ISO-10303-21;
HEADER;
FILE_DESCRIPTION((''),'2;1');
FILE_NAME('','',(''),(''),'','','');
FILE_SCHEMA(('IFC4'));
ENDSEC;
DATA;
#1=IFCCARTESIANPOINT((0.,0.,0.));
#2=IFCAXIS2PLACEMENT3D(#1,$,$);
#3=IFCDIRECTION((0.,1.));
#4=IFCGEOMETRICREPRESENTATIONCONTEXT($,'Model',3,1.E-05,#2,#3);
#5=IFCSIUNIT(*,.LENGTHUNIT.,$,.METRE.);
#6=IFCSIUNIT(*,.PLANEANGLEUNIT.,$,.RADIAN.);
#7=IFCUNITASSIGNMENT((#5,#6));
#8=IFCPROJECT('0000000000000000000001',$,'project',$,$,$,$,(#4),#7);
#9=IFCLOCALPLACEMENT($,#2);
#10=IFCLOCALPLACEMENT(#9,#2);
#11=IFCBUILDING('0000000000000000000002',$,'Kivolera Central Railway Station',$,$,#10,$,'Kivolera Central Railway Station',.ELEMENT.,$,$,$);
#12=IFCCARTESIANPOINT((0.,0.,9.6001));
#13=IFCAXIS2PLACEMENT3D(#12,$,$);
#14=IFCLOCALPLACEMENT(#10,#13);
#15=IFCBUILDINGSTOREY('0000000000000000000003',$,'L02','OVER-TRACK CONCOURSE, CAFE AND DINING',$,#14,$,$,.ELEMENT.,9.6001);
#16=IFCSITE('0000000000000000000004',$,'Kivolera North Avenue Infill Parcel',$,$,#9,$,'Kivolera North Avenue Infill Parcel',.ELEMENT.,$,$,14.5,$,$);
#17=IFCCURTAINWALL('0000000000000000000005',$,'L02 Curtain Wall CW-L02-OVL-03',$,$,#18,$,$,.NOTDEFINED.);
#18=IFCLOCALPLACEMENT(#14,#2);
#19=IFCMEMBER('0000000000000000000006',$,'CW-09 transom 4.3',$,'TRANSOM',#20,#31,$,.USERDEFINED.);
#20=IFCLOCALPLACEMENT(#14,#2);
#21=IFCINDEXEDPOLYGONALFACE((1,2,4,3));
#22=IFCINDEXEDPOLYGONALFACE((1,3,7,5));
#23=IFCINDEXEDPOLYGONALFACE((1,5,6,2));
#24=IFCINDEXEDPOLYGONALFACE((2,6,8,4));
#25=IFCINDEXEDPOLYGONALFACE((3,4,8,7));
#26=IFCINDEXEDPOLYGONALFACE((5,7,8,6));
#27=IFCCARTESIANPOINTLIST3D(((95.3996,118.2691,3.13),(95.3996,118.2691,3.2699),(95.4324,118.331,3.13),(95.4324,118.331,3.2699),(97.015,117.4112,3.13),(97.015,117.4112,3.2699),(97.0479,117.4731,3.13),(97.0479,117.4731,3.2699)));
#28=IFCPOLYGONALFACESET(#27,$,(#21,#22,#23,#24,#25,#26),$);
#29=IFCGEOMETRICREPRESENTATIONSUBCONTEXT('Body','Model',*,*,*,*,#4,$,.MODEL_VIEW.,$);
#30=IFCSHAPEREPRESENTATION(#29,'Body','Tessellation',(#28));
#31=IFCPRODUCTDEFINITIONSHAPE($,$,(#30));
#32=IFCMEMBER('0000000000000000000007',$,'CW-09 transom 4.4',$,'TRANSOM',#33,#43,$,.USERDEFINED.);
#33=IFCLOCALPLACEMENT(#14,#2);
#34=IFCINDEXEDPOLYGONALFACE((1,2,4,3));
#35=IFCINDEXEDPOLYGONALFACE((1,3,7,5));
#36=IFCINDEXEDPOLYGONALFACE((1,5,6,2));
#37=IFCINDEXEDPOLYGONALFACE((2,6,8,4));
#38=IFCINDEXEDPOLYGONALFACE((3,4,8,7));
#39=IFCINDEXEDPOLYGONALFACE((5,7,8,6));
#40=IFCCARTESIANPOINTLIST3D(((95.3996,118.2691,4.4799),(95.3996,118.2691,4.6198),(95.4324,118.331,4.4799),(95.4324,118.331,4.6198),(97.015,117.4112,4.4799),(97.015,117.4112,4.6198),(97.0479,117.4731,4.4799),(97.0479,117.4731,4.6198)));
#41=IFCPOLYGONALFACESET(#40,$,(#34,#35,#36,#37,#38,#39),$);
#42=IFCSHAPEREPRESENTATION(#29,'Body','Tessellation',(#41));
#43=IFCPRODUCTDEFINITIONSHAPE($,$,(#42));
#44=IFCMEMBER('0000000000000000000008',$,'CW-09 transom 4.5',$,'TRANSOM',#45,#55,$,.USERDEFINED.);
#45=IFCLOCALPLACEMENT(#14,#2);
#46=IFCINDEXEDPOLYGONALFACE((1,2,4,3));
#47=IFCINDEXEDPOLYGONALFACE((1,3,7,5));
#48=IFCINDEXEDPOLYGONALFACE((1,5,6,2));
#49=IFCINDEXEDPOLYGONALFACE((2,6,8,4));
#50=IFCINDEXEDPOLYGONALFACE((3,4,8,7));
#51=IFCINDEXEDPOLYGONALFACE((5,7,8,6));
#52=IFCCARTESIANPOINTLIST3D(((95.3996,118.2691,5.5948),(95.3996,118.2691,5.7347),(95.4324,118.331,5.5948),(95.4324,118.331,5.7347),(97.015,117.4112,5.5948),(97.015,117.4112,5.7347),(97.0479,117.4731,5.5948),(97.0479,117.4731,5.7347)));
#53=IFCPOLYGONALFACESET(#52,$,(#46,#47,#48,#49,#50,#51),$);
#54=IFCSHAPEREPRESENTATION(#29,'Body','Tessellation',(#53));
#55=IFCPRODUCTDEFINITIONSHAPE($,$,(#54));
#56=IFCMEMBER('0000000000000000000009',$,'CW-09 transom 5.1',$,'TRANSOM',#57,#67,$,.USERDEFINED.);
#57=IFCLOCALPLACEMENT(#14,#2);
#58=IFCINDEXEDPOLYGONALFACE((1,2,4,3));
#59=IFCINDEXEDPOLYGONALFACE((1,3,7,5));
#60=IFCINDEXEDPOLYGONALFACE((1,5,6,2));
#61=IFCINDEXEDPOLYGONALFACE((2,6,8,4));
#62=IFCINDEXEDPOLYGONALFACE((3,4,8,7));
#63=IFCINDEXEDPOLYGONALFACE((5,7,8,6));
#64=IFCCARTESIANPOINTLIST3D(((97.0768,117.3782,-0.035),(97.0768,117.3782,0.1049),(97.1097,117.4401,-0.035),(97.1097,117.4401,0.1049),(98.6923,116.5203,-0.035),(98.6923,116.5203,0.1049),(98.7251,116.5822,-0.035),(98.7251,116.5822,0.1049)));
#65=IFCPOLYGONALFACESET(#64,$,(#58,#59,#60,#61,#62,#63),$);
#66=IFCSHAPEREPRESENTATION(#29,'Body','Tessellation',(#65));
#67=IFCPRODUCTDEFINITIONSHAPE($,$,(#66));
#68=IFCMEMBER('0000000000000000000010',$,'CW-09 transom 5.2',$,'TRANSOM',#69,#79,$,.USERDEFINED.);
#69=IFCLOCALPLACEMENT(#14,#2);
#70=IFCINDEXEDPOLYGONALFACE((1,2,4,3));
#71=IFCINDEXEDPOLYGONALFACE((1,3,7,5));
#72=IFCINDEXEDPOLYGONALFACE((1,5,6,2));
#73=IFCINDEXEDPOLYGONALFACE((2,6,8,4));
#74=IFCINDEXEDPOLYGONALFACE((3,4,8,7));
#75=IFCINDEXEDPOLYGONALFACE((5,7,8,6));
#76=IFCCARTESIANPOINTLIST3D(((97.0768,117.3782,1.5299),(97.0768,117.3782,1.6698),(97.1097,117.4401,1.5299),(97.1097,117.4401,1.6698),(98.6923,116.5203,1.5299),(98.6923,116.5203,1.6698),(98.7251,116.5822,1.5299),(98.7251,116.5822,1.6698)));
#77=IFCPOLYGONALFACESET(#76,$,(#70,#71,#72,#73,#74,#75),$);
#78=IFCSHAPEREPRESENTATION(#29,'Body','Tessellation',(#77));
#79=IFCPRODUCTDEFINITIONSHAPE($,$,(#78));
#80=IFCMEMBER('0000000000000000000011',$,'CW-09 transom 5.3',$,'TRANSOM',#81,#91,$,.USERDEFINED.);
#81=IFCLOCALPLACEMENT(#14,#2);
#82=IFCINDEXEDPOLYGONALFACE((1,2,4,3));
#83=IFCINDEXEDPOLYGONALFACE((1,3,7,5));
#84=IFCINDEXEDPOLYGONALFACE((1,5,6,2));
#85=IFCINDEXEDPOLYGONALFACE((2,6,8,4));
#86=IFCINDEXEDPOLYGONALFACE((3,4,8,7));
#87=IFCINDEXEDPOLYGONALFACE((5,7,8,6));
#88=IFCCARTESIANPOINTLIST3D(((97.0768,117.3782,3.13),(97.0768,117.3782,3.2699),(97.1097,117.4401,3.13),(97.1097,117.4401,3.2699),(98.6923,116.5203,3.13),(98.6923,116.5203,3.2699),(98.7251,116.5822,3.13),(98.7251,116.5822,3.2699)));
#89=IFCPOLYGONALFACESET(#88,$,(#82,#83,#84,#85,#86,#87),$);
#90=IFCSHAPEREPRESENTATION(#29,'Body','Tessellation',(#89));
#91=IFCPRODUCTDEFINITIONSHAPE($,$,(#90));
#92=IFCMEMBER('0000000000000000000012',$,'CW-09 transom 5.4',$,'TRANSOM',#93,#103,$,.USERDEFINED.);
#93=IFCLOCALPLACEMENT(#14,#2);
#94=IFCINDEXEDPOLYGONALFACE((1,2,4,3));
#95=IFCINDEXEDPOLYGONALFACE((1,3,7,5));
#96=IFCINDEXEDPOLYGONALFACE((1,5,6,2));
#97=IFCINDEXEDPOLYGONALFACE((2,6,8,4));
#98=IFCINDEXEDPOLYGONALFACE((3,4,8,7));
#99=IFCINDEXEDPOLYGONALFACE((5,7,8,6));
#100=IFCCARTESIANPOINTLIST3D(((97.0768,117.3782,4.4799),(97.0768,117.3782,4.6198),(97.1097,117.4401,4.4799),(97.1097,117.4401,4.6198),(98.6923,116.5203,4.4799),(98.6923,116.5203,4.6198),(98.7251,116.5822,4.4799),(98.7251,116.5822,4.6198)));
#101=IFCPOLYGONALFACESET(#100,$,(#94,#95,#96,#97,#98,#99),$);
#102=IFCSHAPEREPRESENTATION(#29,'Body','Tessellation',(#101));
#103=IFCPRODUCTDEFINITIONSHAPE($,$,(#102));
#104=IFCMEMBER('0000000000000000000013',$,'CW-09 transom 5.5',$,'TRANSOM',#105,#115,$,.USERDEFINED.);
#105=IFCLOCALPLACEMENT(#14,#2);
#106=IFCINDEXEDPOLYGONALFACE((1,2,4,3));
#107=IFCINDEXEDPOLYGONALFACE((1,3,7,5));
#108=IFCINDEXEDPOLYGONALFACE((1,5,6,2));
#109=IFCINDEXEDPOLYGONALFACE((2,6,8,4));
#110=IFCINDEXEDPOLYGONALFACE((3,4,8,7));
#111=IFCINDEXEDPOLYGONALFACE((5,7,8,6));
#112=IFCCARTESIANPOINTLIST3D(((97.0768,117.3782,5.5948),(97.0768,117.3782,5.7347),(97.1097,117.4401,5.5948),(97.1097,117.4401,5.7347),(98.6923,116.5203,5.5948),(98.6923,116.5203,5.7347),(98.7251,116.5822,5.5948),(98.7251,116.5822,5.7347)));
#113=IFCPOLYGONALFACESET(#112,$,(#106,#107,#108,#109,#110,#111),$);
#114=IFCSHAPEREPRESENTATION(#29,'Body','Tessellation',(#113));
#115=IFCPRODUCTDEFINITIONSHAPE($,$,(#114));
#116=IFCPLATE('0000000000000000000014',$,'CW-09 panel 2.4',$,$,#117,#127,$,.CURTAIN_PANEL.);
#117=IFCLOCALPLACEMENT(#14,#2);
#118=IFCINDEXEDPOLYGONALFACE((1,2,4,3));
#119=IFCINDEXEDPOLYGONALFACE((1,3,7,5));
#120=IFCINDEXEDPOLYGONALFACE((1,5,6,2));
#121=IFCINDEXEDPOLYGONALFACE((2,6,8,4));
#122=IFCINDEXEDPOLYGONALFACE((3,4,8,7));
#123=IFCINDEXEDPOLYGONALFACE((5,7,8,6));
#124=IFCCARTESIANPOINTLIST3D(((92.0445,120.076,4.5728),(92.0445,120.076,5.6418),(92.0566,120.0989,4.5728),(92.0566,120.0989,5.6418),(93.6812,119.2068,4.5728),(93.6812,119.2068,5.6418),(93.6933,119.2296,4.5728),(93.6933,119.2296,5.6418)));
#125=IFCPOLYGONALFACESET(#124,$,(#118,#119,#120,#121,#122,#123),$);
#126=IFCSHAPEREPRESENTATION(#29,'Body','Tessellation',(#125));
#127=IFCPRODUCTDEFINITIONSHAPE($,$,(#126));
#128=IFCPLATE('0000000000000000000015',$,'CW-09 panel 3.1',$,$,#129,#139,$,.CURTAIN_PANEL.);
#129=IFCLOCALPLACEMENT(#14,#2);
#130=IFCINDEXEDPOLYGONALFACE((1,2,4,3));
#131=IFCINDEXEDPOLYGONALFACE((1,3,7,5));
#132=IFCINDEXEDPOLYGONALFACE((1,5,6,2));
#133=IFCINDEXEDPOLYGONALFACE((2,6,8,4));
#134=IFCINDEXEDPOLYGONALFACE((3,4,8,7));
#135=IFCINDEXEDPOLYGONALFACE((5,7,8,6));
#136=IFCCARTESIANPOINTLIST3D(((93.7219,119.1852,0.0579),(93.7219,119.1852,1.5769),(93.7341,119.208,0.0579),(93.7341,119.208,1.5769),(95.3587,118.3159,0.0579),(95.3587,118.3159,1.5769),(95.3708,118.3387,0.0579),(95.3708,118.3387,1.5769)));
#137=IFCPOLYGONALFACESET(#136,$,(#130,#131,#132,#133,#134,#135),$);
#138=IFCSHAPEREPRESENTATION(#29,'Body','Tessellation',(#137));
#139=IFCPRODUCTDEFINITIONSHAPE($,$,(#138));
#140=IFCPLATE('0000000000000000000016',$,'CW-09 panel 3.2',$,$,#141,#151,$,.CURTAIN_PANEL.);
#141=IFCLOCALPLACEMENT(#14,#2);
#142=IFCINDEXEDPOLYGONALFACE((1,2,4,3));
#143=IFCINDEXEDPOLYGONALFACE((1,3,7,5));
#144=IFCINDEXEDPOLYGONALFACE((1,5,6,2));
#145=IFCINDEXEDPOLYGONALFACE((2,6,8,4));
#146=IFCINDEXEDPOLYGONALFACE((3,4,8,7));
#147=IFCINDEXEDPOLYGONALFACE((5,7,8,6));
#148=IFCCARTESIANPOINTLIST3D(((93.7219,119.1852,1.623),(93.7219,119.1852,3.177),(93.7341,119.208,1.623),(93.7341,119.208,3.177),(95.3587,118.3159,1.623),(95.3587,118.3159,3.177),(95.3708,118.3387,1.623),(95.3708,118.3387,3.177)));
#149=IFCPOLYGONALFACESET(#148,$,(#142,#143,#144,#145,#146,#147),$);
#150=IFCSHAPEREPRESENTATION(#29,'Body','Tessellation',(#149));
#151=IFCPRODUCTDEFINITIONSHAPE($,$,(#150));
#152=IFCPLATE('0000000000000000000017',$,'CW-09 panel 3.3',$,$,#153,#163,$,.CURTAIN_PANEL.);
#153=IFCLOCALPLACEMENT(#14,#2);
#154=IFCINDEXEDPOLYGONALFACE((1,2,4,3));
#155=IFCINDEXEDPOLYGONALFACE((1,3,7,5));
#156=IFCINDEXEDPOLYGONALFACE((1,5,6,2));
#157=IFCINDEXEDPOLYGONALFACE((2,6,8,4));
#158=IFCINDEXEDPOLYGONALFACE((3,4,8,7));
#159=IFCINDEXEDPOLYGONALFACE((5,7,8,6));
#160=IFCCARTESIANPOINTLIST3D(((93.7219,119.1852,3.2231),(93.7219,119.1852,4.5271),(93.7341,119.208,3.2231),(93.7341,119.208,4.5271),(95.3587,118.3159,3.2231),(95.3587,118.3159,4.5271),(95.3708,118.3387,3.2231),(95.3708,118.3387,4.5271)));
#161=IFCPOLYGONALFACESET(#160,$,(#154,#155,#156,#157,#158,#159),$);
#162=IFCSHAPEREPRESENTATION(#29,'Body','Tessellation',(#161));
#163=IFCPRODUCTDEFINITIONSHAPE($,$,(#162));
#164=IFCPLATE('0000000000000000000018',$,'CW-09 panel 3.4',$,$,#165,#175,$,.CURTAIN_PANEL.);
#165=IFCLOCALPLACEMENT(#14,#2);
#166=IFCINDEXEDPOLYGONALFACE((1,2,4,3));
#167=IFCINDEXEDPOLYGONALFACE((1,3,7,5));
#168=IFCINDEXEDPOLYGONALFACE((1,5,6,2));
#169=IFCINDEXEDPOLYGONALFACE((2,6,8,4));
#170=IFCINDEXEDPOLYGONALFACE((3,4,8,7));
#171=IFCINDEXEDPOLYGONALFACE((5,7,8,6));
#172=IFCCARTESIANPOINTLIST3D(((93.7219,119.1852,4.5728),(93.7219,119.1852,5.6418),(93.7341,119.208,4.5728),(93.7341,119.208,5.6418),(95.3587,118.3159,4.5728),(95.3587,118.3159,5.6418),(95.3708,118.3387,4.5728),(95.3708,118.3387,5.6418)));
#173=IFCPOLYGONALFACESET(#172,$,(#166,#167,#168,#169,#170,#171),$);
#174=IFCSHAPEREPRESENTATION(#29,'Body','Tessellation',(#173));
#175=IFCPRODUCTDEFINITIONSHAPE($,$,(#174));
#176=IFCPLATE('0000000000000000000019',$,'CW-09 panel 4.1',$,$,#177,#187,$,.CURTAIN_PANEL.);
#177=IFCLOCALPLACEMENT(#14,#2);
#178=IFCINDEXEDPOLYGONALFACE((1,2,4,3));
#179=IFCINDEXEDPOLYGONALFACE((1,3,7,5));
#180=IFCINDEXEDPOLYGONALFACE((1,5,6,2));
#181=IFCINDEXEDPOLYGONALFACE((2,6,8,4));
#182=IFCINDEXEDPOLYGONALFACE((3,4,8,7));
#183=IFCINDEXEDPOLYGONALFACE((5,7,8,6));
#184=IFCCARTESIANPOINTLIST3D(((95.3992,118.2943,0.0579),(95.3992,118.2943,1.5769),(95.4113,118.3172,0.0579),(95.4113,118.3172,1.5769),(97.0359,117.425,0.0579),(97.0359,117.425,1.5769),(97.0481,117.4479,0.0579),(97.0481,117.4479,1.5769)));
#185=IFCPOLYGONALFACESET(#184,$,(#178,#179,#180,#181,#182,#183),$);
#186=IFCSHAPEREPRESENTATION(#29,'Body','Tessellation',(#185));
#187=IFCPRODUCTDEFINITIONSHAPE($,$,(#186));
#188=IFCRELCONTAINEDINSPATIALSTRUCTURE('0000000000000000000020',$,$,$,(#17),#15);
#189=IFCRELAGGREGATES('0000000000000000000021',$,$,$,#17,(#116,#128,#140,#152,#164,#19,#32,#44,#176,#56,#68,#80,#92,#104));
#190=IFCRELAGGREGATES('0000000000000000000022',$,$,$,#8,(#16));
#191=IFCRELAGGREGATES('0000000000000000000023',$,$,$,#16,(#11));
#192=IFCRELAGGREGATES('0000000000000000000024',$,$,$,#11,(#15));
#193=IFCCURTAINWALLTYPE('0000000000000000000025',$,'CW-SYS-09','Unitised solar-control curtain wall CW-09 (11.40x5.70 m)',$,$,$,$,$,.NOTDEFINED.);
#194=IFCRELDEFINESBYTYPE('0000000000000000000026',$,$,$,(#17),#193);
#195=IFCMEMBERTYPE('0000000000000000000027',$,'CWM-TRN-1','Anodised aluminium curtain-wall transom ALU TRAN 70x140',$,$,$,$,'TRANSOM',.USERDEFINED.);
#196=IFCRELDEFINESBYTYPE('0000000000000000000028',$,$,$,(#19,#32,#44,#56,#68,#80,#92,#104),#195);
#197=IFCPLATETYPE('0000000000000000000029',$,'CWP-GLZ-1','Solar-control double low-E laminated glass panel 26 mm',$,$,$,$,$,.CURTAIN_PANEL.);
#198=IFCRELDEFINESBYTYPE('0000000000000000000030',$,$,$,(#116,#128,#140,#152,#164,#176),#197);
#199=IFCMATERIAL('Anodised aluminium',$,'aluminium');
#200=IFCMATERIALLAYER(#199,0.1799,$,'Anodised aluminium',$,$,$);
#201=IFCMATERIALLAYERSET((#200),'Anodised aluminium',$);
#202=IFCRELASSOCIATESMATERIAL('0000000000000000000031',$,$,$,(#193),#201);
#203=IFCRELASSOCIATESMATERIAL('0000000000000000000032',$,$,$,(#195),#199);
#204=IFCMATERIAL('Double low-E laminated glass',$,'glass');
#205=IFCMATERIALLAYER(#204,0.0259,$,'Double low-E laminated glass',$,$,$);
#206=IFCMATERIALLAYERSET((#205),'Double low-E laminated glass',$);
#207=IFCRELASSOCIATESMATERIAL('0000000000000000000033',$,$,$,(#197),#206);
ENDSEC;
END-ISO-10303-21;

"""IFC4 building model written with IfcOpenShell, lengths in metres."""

from ifc_helpers import new_model, si_unit, direction, frame, origin, origin_2d, place, context, subcontext, project, spatial, rectangle, extrude, material, layer, layer_set, material_profile, profile_set, type_object, element, aggregate, save


model = new_model("IFC4")

# Units and contexts
model_context = context("Model", 3, precision=1e-05, world=origin(), true_north=direction((0.0, 1.0)))
body_context = subcontext(model_context, "Body", "Model", "MODEL_VIEW")
ifc_project = project(units=[si_unit("LENGTHUNIT", "METRE"), si_unit("PLANEANGLEUNIT", "RADIAN")], contexts=[model_context])

# Site, building, storey
site_placement = place(None, origin())
site = spatial("IfcSite", under=ifc_project, at=site_placement, Name="Kivolera North Avenue Infill Parcel", LongName="Kivolera North Avenue Infill Parcel", CompositionType="ELEMENT", RefElevation=14.5)
building_placement = place(site_placement, origin())
building = spatial("IfcBuilding", under=site, at=building_placement, Name="Kivolera Central Railway Station", LongName="Kivolera Central Railway Station", CompositionType="ELEMENT")
storey_placement = place(building_placement, frame((0.0, 0.0, 9.6001)))
storey = spatial("IfcBuildingStorey", under=building, at=storey_placement, Name="L02", Description="OVER-TRACK CONCOURSE, CAFE AND DINING", CompositionType="ELEMENT", Elevation=9.6001)

# Curtain wall, members, plates
ifc_material_1 = material(Name="Anodised aluminium", Category="aluminium")
ifc_layer_1 = layer(ifc_material_1, 0.1799, Name="Anodised aluminium")
ifc_layer_set_1 = layer_set([ifc_layer_1], Name="Anodised aluminium")
curtain_wall_type = type_object("IfcCurtainWallType", Name="CW-SYS-09", Description="Unitised solar-control curtain wall CW-09 (11.40x5.70 m)", PredefinedType="NOTDEFINED", material=ifc_layer_set_1)
curtain_wall_placement = place(storey_placement, origin())
curtain_wall = element("IfcCurtainWall", 1, at=curtain_wall_placement, inside=storey, type_object=curtain_wall_type, Name="L02 Curtain Wall CW-L02-OVL-03", PredefinedType="NOTDEFINED")
ifc_material_profile_1 = material_profile(ifc_material_1, rectangle(XDim=0.0701, YDim=0.1399, at=origin_2d()), Name="ALU TRAN 70x140")
ifc_profile_set_1 = profile_set([ifc_material_profile_1], Name="Anodised aluminium")
member_type_1 = type_object("IfcMemberType", Name="CWM-TRN-1", Description="Anodised aluminium curtain-wall transom ALU TRAN 70x140", ElementType="TRANSOM", PredefinedType="USERDEFINED", material=ifc_profile_set_1)
member_1_placement = place(storey_placement, frame((95.416, 118.3, 3.2), z_axis=(0.883187, -0.469022, 0.0), x_axis=(0.469022, 0.883187, 0.0)))
member_1 = element("IfcMember", 2, at=member_1_placement, type_object=member_type_1, Name="CW-09 transom 4.3", ObjectType="TRANSOM", PredefinedType="USERDEFINED", context=body_context, shape_type="SweptSolid", body=[
    extrude(rectangle(XDim=0.0701, YDim=0.1399, at=origin_2d()), origin(), (0.0, 0.0, 1.0), 1.8291),
])
member_2_placement = place(storey_placement, frame((95.416, 118.3, 4.5498), z_axis=(0.883187, -0.469022, 0.0), x_axis=(0.469022, 0.883187, 0.0)))
member_2 = element("IfcMember", 3, at=member_2_placement, type_object=member_type_1, Name="CW-09 transom 4.4", ObjectType="TRANSOM", PredefinedType="USERDEFINED", context=body_context, shape_type="SweptSolid", body=[
    extrude(rectangle(XDim=0.0701, YDim=0.1399, at=origin_2d()), origin(), (0.0, 0.0, 1.0), 1.8291),
])
member_3_placement = place(storey_placement, frame((95.416, 118.3, 5.6648), z_axis=(0.883187, -0.469022, 0.0), x_axis=(0.469022, 0.883187, 0.0)))
member_3 = element("IfcMember", 4, at=member_3_placement, type_object=member_type_1, Name="CW-09 transom 4.5", ObjectType="TRANSOM", PredefinedType="USERDEFINED", context=body_context, shape_type="SweptSolid", body=[
    extrude(rectangle(XDim=0.0701, YDim=0.1399, at=origin_2d()), origin(), (0.0, 0.0, 1.0), 1.8291),
])
member_4_placement = place(storey_placement, frame((97.0933, 117.4092, 0.0349), z_axis=(0.883187, -0.469022, 0.0), x_axis=(0.469022, 0.883187, 0.0)))
member_4 = element("IfcMember", 5, at=member_4_placement, type_object=member_type_1, Name="CW-09 transom 5.1", ObjectType="TRANSOM", PredefinedType="USERDEFINED", context=body_context, shape_type="SweptSolid", body=[
    extrude(rectangle(XDim=0.0701, YDim=0.1399, at=origin_2d()), origin(), (0.0, 0.0, 1.0), 1.8291),
])
member_5_placement = place(storey_placement, frame((97.0933, 117.4092, 1.5999), z_axis=(0.883187, -0.469022, 0.0), x_axis=(0.469022, 0.883187, 0.0)))
member_5 = element("IfcMember", 6, at=member_5_placement, type_object=member_type_1, Name="CW-09 transom 5.2", ObjectType="TRANSOM", PredefinedType="USERDEFINED", context=body_context, shape_type="SweptSolid", body=[
    extrude(rectangle(XDim=0.0701, YDim=0.1399, at=origin_2d()), origin(), (0.0, 0.0, 1.0), 1.8291),
])
member_6_placement = place(storey_placement, frame((97.0933, 117.4092, 3.2), z_axis=(0.883187, -0.469022, 0.0), x_axis=(0.469022, 0.883187, 0.0)))
member_6 = element("IfcMember", 7, at=member_6_placement, type_object=member_type_1, Name="CW-09 transom 5.3", ObjectType="TRANSOM", PredefinedType="USERDEFINED", context=body_context, shape_type="SweptSolid", body=[
    extrude(rectangle(XDim=0.0701, YDim=0.1399, at=origin_2d()), origin(), (0.0, 0.0, 1.0), 1.8291),
])
member_7_placement = place(storey_placement, frame((97.0933, 117.4092, 4.5498), z_axis=(0.883187, -0.469022, 0.0), x_axis=(0.469022, 0.883187, 0.0)))
member_7 = element("IfcMember", 8, at=member_7_placement, type_object=member_type_1, Name="CW-09 transom 5.4", ObjectType="TRANSOM", PredefinedType="USERDEFINED", context=body_context, shape_type="SweptSolid", body=[
    extrude(rectangle(XDim=0.0701, YDim=0.1399, at=origin_2d()), origin(), (0.0, 0.0, 1.0), 1.8291),
])
member_8_placement = place(storey_placement, frame((97.0933, 117.4092, 5.6648), z_axis=(0.883187, -0.469022, 0.0), x_axis=(0.469022, 0.883187, 0.0)))
member_8 = element("IfcMember", 9, at=member_8_placement, type_object=member_type_1, Name="CW-09 transom 5.5", ObjectType="TRANSOM", PredefinedType="USERDEFINED", context=body_context, shape_type="SweptSolid", body=[
    extrude(rectangle(XDim=0.0701, YDim=0.1399, at=origin_2d()), origin(), (0.0, 0.0, 1.0), 1.8291),
])
ifc_material_2 = material(Name="Double low-E laminated glass", Category="glass")
ifc_layer_2 = layer(ifc_material_2, 0.0259, Name="Double low-E laminated glass")
ifc_layer_set_2 = layer_set([ifc_layer_2], Name="Double low-E laminated glass")
plate_type = type_object("IfcPlateType", Name="CWP-GLZ-1", Description="Solar-control double low-E laminated glass panel 26 mm", PredefinedType="CURTAIN_PANEL", material=ifc_layer_set_2)
plate_1_placement = place(storey_placement, frame((92.8689, 119.6528, 4.5728), z_axis=(0.0, 0.0, 1.0), x_axis=(0.88317, -0.469053, 0.0)))
plate_1 = element("IfcPlate", 10, at=plate_1_placement, type_object=plate_type, Name="CW-09 panel 2.4", PredefinedType="CURTAIN_PANEL", context=body_context, shape_type="SweptSolid", body=[
    extrude(rectangle(XDim=1.8533, YDim=0.0259, at=origin_2d()), origin(), (0.0, 0.0, 1.0), 1.0691),
])
plate_2_placement = place(storey_placement, frame((94.5464, 118.762, 0.0579), z_axis=(0.0, 0.0, 1.0), x_axis=(0.88317, -0.469053, 0.0)))
plate_2 = element("IfcPlate", 11, at=plate_2_placement, type_object=plate_type, Name="CW-09 panel 3.1", PredefinedType="CURTAIN_PANEL", context=body_context, shape_type="SweptSolid", body=[
    extrude(rectangle(XDim=1.8533, YDim=0.0259, at=origin_2d()), origin(), (0.0, 0.0, 1.0), 1.519),
])
plate_3_placement = place(storey_placement, frame((94.5464, 118.762, 1.623), z_axis=(0.0, 0.0, 1.0), x_axis=(0.88317, -0.469053, 0.0)))
plate_3 = element("IfcPlate", 12, at=plate_3_placement, type_object=plate_type, Name="CW-09 panel 3.2", PredefinedType="CURTAIN_PANEL", context=body_context, shape_type="SweptSolid", body=[
    extrude(rectangle(XDim=1.8533, YDim=0.0259, at=origin_2d()), origin(), (0.0, 0.0, 1.0), 1.554),
])
plate_4_placement = place(storey_placement, frame((94.5464, 118.762, 3.2231), z_axis=(0.0, 0.0, 1.0), x_axis=(0.88317, -0.469053, 0.0)))
plate_4 = element("IfcPlate", 13, at=plate_4_placement, type_object=plate_type, Name="CW-09 panel 3.3", PredefinedType="CURTAIN_PANEL", context=body_context, shape_type="SweptSolid", body=[
    extrude(rectangle(XDim=1.8533, YDim=0.0259, at=origin_2d()), origin(), (0.0, 0.0, 1.0), 1.304),
])
plate_5_placement = place(storey_placement, frame((94.5464, 118.762, 4.5728), z_axis=(0.0, 0.0, 1.0), x_axis=(0.88317, -0.469053, 0.0)))
plate_5 = element("IfcPlate", 14, at=plate_5_placement, type_object=plate_type, Name="CW-09 panel 3.4", PredefinedType="CURTAIN_PANEL", context=body_context, shape_type="SweptSolid", body=[
    extrude(rectangle(XDim=1.8533, YDim=0.0259, at=origin_2d()), origin(), (0.0, 0.0, 1.0), 1.0691),
])
plate_6_placement = place(storey_placement, frame((96.2236, 117.8711, 0.0579), z_axis=(0.0, 0.0, 1.0), x_axis=(0.88317, -0.469053, 0.0)))
plate_6 = element("IfcPlate", 15, at=plate_6_placement, type_object=plate_type, Name="CW-09 panel 4.1", PredefinedType="CURTAIN_PANEL", context=body_context, shape_type="SweptSolid", body=[
    extrude(rectangle(XDim=1.8533, YDim=0.0259, at=origin_2d()), origin(), (0.0, 0.0, 1.0), 1.519),
])
aggregate(curtain_wall, [plate_1, plate_2, plate_3, plate_4, plate_5, member_1, member_2, member_3, plate_6, member_4, member_5, member_6, member_7, member_8])

save(model, "model.ifc")
